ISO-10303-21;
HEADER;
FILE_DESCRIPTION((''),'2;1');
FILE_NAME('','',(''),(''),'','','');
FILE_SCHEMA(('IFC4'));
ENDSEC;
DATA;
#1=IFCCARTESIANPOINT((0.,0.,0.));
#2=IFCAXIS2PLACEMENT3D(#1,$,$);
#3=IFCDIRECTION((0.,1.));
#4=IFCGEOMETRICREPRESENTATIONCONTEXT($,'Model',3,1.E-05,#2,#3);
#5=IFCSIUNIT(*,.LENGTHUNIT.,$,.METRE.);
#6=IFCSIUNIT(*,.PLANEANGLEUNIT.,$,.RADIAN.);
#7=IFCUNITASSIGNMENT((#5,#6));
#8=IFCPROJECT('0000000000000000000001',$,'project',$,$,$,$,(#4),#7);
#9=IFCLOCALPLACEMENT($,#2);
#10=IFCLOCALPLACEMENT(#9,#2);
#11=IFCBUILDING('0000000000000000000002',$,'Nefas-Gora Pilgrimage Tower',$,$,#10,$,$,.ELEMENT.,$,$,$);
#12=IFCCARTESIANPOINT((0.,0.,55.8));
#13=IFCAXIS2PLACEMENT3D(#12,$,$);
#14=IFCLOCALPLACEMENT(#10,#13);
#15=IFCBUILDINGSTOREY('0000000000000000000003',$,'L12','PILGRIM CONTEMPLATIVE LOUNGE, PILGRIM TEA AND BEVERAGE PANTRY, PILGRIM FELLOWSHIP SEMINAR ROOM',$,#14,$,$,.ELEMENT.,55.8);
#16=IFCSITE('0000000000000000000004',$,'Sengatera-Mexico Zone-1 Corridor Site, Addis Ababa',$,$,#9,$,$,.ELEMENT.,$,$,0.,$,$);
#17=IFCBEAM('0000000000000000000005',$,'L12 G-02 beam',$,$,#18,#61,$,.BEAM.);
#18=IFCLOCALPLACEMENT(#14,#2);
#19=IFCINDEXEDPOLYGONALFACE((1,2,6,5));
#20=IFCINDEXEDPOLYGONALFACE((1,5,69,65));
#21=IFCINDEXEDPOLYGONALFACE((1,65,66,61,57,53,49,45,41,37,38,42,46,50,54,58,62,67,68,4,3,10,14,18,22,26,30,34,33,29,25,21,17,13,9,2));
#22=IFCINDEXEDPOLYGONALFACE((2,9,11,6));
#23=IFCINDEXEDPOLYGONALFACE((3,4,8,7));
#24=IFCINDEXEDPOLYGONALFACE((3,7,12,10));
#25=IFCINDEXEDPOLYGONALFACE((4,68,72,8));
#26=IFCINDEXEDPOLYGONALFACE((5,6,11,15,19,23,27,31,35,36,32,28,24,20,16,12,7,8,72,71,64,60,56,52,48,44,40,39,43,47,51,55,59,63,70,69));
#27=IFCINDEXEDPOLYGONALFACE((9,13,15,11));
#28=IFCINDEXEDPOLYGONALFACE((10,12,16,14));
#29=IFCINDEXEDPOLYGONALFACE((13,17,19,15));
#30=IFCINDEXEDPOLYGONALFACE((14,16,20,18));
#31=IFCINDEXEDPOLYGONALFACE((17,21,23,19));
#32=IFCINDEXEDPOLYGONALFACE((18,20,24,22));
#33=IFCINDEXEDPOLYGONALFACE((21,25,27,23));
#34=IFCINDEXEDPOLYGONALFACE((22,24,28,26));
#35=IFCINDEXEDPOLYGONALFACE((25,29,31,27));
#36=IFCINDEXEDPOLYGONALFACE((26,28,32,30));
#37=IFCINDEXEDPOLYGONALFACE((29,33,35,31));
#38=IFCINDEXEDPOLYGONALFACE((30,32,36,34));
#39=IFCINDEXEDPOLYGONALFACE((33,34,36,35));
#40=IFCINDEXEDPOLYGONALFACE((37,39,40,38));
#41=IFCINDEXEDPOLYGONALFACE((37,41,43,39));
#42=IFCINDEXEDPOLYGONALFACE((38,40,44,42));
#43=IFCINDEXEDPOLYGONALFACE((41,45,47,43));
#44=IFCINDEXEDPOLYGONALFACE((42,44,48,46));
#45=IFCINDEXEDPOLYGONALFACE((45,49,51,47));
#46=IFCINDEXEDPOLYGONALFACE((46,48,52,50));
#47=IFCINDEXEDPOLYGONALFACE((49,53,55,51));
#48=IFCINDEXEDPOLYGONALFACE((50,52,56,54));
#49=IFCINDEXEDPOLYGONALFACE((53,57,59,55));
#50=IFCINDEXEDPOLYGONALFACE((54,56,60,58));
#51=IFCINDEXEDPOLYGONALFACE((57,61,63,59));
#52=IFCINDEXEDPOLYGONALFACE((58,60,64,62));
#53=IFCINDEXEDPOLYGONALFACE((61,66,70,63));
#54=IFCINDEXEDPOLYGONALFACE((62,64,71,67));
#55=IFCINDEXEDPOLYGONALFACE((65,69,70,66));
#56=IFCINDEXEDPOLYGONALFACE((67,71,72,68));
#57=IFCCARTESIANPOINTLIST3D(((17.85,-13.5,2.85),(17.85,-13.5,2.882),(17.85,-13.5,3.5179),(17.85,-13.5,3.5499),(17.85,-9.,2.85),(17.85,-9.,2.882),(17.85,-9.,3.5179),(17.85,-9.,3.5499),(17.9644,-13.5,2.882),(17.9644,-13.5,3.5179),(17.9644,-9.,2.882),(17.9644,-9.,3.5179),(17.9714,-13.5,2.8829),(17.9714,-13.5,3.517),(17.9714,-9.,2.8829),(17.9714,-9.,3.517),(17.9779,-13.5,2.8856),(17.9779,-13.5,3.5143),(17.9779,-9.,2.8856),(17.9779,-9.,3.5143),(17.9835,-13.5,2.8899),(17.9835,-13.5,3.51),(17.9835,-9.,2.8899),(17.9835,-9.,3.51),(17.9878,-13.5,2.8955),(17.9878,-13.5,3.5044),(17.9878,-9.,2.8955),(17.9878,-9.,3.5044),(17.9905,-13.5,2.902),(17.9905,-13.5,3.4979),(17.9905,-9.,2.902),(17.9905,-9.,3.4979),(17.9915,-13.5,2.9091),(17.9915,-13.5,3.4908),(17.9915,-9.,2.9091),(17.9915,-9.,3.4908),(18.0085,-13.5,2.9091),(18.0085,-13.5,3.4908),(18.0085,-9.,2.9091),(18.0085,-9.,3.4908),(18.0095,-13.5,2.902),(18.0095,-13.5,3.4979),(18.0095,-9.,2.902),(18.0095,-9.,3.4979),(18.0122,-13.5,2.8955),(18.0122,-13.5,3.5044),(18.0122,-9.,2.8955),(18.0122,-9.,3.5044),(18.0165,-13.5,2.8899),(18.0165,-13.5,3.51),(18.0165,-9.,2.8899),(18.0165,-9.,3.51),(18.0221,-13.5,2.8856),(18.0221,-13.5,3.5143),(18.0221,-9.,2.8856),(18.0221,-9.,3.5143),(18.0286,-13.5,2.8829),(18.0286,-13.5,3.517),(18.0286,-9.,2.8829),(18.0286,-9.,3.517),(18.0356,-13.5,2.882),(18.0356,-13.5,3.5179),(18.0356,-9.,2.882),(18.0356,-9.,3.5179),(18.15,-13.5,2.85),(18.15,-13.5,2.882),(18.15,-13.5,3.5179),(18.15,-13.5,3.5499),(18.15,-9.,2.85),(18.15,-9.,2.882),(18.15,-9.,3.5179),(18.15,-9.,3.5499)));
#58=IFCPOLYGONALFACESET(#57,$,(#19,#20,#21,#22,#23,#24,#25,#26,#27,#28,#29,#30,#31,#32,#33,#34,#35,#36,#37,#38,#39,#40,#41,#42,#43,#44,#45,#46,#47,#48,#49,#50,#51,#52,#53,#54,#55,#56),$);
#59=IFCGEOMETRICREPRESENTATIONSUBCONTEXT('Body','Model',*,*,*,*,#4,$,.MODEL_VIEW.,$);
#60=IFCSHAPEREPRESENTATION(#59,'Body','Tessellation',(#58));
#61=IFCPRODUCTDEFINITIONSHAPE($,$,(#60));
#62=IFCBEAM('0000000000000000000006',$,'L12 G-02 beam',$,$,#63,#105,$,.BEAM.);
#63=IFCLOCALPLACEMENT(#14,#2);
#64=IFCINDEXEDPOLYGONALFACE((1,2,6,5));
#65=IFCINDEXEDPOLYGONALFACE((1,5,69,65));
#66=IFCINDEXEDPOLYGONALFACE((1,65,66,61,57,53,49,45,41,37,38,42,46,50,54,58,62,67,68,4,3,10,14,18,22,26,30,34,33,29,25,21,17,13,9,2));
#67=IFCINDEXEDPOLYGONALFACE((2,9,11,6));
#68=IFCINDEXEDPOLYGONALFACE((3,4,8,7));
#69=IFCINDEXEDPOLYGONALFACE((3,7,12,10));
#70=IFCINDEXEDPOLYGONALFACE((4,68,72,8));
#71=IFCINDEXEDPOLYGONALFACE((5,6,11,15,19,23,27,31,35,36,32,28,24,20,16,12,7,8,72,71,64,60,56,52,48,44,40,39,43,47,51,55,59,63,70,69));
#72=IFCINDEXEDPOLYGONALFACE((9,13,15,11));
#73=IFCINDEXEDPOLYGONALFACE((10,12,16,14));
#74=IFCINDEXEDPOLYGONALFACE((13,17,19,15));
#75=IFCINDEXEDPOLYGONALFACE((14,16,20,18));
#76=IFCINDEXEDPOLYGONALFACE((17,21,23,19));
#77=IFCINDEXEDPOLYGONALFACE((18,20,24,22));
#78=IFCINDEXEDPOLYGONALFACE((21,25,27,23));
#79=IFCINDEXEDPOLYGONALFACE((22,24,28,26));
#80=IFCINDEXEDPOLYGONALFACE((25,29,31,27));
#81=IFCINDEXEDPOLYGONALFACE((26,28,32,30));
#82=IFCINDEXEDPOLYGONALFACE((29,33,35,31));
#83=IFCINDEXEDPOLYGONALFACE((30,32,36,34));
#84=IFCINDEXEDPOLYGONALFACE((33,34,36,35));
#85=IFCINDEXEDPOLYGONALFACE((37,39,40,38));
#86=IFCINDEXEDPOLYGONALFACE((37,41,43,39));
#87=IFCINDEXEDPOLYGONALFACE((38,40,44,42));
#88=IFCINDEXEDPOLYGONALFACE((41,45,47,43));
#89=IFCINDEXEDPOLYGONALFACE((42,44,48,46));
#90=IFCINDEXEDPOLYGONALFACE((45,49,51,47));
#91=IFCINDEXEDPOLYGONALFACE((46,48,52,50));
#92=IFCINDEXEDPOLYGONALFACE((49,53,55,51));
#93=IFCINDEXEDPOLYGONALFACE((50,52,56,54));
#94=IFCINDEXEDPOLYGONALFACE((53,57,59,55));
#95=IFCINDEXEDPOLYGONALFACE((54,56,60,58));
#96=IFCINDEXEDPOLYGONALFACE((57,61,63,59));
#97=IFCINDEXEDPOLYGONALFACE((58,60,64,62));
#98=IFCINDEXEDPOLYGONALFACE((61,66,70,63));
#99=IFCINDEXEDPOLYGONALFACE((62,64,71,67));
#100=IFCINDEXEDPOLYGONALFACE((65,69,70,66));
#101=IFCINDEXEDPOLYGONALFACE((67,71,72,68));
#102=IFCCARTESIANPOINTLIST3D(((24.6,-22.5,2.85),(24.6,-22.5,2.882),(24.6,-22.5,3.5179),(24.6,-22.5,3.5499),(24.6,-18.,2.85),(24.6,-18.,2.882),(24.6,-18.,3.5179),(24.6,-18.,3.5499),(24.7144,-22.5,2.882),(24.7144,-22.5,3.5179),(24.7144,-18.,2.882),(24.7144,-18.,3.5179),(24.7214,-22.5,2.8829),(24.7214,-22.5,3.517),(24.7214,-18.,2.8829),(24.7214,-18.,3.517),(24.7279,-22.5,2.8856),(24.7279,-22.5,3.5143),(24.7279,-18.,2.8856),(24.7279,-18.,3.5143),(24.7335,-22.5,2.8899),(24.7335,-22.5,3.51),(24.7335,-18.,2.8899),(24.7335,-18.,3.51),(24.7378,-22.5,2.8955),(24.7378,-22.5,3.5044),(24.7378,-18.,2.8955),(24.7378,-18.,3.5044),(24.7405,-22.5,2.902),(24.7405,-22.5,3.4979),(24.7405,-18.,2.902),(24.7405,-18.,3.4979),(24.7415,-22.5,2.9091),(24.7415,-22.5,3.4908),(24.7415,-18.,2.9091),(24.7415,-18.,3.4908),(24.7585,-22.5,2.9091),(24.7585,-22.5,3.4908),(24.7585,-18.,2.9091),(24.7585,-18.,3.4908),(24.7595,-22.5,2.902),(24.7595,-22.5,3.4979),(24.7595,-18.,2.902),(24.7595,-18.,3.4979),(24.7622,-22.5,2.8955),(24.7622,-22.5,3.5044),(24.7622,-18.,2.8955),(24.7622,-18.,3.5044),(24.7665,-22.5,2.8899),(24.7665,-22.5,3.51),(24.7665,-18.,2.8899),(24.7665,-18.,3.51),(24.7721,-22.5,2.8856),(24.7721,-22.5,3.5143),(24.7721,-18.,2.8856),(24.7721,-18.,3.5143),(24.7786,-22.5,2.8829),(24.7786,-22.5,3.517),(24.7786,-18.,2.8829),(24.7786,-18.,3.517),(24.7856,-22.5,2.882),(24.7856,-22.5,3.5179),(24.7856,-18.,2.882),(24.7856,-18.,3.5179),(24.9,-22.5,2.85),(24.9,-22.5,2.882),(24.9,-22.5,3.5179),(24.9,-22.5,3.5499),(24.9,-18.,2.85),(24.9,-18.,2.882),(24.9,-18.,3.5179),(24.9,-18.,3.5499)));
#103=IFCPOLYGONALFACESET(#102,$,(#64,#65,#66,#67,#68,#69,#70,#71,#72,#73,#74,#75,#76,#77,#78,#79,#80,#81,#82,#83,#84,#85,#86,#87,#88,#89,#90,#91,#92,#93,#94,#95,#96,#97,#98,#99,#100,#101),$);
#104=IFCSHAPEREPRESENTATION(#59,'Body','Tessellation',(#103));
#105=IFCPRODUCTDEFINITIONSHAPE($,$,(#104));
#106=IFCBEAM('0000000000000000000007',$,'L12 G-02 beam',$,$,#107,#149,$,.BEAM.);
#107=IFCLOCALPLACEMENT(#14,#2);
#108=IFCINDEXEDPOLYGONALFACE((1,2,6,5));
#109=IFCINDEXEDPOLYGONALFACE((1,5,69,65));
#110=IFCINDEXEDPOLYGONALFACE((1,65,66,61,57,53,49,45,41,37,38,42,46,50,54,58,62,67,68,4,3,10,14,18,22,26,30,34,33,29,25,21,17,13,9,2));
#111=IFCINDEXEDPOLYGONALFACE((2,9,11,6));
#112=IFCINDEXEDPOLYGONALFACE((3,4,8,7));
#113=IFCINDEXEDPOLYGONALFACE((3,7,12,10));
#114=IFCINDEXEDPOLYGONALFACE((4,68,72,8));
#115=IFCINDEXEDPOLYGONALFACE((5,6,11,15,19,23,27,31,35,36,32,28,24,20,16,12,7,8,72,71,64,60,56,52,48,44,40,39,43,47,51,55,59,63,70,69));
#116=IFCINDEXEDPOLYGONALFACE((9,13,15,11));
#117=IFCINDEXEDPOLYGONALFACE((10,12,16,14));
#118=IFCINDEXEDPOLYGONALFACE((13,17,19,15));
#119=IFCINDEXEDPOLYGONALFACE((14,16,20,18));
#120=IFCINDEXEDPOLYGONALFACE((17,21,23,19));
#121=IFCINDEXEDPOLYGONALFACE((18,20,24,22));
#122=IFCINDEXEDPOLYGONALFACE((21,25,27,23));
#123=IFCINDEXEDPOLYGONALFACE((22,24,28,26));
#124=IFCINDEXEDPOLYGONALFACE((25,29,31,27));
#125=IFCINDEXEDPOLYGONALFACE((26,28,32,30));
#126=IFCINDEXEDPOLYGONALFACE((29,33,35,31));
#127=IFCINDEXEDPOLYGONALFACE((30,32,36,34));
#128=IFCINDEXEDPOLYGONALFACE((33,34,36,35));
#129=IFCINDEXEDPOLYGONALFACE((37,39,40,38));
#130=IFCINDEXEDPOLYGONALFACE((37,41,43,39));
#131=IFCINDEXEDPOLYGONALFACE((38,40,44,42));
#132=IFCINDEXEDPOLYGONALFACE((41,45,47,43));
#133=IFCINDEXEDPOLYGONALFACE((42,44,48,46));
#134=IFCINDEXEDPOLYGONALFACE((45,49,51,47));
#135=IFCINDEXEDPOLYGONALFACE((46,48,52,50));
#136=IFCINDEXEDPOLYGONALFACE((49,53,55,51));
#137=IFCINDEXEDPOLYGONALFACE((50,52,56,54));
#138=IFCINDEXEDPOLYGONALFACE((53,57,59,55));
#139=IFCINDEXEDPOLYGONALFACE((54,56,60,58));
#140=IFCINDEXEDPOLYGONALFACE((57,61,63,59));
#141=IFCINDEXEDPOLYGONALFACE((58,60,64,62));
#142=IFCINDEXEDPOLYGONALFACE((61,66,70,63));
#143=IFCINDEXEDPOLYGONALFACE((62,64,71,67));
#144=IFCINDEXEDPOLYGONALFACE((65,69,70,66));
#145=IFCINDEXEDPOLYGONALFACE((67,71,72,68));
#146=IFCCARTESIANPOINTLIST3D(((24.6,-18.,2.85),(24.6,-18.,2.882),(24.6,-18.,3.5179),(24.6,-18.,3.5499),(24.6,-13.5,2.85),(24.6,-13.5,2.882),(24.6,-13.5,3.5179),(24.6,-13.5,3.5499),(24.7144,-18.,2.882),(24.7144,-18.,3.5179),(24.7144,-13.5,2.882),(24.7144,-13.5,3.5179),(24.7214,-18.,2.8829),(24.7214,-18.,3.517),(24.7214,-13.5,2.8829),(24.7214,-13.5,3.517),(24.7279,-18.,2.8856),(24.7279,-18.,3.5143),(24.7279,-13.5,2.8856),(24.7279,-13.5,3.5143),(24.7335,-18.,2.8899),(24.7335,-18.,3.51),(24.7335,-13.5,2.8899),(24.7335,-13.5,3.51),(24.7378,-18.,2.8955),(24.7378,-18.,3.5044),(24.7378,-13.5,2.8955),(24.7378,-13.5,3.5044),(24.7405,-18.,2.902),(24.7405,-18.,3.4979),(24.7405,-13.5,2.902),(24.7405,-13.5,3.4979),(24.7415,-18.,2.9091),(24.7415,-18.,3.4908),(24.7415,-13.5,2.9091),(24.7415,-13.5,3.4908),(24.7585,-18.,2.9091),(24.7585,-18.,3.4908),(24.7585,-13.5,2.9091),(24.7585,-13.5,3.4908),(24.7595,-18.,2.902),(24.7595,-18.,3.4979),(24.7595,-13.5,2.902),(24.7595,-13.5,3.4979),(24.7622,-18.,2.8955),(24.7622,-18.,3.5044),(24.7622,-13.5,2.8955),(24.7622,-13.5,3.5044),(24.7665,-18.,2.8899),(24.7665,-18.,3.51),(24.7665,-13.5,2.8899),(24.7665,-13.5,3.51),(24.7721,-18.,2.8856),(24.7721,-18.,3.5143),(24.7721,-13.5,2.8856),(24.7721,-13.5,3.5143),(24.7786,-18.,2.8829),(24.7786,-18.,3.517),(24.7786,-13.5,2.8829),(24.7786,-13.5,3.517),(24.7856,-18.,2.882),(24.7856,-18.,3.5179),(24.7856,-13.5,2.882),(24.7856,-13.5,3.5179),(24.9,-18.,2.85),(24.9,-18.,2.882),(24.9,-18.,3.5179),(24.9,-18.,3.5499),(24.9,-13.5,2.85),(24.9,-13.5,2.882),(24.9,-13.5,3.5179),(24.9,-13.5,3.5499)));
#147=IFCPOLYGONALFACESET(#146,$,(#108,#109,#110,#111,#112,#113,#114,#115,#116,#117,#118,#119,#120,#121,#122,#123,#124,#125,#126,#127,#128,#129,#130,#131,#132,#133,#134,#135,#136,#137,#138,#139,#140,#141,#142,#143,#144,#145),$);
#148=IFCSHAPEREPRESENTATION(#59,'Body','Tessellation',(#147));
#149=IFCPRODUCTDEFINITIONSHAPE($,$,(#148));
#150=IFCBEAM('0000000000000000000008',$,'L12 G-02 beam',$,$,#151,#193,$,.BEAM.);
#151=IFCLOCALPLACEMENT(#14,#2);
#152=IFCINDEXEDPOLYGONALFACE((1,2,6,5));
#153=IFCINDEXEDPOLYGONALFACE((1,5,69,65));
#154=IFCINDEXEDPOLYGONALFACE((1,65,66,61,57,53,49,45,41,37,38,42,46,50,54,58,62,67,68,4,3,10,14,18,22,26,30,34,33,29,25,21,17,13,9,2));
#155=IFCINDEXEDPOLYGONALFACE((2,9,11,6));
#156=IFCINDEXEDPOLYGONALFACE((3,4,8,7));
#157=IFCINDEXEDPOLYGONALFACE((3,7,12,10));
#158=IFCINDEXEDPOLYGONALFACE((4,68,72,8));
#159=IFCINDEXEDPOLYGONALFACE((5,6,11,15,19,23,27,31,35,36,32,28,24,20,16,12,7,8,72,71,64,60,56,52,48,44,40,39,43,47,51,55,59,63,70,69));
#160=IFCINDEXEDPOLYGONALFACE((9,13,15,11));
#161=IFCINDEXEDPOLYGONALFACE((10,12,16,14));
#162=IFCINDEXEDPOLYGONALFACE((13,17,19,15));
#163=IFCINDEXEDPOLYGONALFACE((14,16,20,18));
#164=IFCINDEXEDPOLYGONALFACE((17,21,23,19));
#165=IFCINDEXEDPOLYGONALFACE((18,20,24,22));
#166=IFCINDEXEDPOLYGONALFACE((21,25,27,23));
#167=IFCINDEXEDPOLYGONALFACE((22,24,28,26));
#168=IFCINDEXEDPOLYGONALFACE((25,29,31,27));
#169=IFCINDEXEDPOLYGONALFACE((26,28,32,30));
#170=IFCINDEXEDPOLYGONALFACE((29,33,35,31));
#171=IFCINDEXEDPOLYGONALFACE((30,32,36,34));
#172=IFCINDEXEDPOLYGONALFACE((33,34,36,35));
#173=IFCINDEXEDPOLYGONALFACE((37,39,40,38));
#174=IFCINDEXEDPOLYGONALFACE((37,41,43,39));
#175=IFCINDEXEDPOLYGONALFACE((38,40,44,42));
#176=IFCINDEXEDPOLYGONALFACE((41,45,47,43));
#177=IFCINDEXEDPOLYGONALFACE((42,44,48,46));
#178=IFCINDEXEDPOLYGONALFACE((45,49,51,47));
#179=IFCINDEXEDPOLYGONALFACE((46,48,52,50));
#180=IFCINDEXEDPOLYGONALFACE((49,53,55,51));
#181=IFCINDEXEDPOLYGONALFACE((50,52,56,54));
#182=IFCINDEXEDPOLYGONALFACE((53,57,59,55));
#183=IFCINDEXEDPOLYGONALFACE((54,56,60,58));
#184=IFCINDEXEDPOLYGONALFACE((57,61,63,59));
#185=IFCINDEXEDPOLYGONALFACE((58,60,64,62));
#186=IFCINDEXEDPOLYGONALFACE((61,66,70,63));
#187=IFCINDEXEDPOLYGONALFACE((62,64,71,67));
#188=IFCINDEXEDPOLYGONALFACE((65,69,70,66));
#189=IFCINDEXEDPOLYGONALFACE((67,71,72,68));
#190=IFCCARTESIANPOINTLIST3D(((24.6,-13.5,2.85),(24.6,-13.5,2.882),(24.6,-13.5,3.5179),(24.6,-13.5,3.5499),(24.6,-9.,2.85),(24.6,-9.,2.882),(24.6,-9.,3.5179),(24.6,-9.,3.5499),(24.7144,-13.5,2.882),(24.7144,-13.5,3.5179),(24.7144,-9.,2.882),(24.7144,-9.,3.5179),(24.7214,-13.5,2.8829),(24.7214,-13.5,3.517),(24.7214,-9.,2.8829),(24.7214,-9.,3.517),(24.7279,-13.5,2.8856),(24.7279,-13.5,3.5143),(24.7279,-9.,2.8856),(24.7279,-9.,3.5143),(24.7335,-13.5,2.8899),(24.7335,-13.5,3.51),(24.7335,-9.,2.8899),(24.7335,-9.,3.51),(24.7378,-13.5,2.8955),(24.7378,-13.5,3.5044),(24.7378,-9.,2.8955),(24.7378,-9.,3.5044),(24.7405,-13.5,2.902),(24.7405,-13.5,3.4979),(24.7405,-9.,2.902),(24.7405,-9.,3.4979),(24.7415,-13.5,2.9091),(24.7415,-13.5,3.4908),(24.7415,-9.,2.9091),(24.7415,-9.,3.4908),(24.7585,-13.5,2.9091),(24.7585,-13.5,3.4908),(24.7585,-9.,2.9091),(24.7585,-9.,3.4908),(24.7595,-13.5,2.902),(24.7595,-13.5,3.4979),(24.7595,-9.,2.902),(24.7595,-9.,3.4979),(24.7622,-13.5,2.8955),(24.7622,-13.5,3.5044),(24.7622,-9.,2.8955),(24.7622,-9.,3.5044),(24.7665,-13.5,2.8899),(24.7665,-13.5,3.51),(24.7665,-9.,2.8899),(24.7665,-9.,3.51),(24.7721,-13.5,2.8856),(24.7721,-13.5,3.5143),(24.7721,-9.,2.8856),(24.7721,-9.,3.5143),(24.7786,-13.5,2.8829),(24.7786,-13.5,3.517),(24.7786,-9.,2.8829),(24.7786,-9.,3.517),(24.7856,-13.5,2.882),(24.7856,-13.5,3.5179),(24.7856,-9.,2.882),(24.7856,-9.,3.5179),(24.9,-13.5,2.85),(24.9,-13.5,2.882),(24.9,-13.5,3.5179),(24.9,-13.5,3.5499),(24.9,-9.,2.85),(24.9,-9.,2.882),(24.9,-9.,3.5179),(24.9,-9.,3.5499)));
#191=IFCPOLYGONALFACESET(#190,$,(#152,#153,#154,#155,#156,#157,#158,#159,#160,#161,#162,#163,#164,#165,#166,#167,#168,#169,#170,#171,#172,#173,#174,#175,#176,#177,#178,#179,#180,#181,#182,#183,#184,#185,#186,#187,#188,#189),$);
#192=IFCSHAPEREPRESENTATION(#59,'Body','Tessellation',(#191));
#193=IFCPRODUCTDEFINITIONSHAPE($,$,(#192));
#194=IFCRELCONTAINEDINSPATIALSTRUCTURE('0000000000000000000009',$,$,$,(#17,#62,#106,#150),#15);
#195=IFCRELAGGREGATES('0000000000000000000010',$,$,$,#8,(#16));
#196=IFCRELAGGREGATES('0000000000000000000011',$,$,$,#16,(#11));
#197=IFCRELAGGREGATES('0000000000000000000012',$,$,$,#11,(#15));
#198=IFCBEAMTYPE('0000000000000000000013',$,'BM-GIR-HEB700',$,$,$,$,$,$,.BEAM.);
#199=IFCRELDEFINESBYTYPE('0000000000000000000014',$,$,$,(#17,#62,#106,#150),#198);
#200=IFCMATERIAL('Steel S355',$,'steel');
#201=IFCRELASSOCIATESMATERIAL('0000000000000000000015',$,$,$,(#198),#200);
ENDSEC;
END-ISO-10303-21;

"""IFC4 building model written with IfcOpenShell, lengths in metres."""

from ifc_helpers import new_model, si_unit, direction, frame, origin, origin_2d, place, context, subcontext, project, spatial, i_section, extrude, source, transform, mapped, material, material_profile, profile_set, type_object, element, save


model = new_model("IFC4")

# Units and contexts
model_context = context("Model", 3, precision=1e-05, world=origin(), true_north=direction((0.0, 1.0)))
body_context = subcontext(model_context, "Body", "Model", "MODEL_VIEW")
ifc_project = project(units=[si_unit("LENGTHUNIT", "METRE"), si_unit("PLANEANGLEUNIT", "RADIAN")], contexts=[model_context])

# Site, building, storey
site_placement = place(None, origin())
site = spatial("IfcSite", under=ifc_project, at=site_placement, Name="Sengatera-Mexico Zone-1 Corridor Site, Addis Ababa", CompositionType="ELEMENT", RefElevation=0.0)
building_placement = place(site_placement, origin())
building = spatial("IfcBuilding", under=site, at=building_placement, Name="Nefas-Gora Pilgrimage Tower", CompositionType="ELEMENT")
storey_placement = place(building_placement, frame((0.0, 0.0, 55.8)))
storey = spatial("IfcBuildingStorey", under=building, at=storey_placement, Name="L12", Description="PILGRIM CONTEMPLATIVE LOUNGE, PILGRIM TEA AND BEVERAGE PANTRY, PILGRIM FELLOWSHIP SEMINAR ROOM", CompositionType="ELEMENT", Elevation=55.8)

# Beams
ifc_material_1 = material(Name="Steel S355", Category="steel")
ifc_material_profile_1 = material_profile(ifc_material_1, i_section(OverallWidth=0.3, OverallDepth=0.7, WebThickness=0.0171, FlangeThickness=0.032, FilletRadius=0.0271, at=origin_2d()), Name="HEB 700")
ifc_profile_set_1 = profile_set([ifc_material_profile_1], Name="Steel S355")
beam_type_1 = type_object("IfcBeamType", Name="BM-GIR-HEB700", PredefinedType="BEAM", material=ifc_profile_set_1)
shared_shape_1 = source(origin(), body_context, "Body", "SweptSolid", [
    extrude(i_section(OverallWidth=0.3, OverallDepth=0.7, WebThickness=0.0171, FlangeThickness=0.032, FilletRadius=0.0271, at=origin_2d()), origin(), (0.0, 0.0, 1.0), 4.5),
])
for number, where, z_axis, x_axis, name in (
    (1, (18.0, -13.5, 3.2), (0.0, 1.0, 0.0), (-1.0, 0.0, 0.0), "L12 G-02 beam"),
    (2, (24.75, -22.5, 3.2), (0.0, 1.0, 0.0), (-1.0, 0.0, 0.0), "L12 G-02 beam"),
    (3, (24.75, -18.0, 3.2), (0.0, 1.0, 0.0), (-1.0, 0.0, 0.0), "L12 G-02 beam"),
    (4, (24.75, -13.5, 3.2), (0.0, 1.0, 0.0), (-1.0, 0.0, 0.0), "L12 G-02 beam"),
):
    element("IfcBeam", number, at=place(storey_placement, frame(where, z_axis=z_axis, x_axis=x_axis)), inside=storey, type_object=beam_type_1, Name=name, PredefinedType="BEAM", context=body_context, shape_type="MappedRepresentation", body=[
        mapped(shared_shape_1, transform((0.0, 0.0, 0.0), x_axis=(1.0, 0.0, 0.0), y_axis=(0.0, 1.0, 0.0), z_axis=(0.0, 0.0, 1.0), scale=1.0)),
    ])

save(model, "model.ifc")
